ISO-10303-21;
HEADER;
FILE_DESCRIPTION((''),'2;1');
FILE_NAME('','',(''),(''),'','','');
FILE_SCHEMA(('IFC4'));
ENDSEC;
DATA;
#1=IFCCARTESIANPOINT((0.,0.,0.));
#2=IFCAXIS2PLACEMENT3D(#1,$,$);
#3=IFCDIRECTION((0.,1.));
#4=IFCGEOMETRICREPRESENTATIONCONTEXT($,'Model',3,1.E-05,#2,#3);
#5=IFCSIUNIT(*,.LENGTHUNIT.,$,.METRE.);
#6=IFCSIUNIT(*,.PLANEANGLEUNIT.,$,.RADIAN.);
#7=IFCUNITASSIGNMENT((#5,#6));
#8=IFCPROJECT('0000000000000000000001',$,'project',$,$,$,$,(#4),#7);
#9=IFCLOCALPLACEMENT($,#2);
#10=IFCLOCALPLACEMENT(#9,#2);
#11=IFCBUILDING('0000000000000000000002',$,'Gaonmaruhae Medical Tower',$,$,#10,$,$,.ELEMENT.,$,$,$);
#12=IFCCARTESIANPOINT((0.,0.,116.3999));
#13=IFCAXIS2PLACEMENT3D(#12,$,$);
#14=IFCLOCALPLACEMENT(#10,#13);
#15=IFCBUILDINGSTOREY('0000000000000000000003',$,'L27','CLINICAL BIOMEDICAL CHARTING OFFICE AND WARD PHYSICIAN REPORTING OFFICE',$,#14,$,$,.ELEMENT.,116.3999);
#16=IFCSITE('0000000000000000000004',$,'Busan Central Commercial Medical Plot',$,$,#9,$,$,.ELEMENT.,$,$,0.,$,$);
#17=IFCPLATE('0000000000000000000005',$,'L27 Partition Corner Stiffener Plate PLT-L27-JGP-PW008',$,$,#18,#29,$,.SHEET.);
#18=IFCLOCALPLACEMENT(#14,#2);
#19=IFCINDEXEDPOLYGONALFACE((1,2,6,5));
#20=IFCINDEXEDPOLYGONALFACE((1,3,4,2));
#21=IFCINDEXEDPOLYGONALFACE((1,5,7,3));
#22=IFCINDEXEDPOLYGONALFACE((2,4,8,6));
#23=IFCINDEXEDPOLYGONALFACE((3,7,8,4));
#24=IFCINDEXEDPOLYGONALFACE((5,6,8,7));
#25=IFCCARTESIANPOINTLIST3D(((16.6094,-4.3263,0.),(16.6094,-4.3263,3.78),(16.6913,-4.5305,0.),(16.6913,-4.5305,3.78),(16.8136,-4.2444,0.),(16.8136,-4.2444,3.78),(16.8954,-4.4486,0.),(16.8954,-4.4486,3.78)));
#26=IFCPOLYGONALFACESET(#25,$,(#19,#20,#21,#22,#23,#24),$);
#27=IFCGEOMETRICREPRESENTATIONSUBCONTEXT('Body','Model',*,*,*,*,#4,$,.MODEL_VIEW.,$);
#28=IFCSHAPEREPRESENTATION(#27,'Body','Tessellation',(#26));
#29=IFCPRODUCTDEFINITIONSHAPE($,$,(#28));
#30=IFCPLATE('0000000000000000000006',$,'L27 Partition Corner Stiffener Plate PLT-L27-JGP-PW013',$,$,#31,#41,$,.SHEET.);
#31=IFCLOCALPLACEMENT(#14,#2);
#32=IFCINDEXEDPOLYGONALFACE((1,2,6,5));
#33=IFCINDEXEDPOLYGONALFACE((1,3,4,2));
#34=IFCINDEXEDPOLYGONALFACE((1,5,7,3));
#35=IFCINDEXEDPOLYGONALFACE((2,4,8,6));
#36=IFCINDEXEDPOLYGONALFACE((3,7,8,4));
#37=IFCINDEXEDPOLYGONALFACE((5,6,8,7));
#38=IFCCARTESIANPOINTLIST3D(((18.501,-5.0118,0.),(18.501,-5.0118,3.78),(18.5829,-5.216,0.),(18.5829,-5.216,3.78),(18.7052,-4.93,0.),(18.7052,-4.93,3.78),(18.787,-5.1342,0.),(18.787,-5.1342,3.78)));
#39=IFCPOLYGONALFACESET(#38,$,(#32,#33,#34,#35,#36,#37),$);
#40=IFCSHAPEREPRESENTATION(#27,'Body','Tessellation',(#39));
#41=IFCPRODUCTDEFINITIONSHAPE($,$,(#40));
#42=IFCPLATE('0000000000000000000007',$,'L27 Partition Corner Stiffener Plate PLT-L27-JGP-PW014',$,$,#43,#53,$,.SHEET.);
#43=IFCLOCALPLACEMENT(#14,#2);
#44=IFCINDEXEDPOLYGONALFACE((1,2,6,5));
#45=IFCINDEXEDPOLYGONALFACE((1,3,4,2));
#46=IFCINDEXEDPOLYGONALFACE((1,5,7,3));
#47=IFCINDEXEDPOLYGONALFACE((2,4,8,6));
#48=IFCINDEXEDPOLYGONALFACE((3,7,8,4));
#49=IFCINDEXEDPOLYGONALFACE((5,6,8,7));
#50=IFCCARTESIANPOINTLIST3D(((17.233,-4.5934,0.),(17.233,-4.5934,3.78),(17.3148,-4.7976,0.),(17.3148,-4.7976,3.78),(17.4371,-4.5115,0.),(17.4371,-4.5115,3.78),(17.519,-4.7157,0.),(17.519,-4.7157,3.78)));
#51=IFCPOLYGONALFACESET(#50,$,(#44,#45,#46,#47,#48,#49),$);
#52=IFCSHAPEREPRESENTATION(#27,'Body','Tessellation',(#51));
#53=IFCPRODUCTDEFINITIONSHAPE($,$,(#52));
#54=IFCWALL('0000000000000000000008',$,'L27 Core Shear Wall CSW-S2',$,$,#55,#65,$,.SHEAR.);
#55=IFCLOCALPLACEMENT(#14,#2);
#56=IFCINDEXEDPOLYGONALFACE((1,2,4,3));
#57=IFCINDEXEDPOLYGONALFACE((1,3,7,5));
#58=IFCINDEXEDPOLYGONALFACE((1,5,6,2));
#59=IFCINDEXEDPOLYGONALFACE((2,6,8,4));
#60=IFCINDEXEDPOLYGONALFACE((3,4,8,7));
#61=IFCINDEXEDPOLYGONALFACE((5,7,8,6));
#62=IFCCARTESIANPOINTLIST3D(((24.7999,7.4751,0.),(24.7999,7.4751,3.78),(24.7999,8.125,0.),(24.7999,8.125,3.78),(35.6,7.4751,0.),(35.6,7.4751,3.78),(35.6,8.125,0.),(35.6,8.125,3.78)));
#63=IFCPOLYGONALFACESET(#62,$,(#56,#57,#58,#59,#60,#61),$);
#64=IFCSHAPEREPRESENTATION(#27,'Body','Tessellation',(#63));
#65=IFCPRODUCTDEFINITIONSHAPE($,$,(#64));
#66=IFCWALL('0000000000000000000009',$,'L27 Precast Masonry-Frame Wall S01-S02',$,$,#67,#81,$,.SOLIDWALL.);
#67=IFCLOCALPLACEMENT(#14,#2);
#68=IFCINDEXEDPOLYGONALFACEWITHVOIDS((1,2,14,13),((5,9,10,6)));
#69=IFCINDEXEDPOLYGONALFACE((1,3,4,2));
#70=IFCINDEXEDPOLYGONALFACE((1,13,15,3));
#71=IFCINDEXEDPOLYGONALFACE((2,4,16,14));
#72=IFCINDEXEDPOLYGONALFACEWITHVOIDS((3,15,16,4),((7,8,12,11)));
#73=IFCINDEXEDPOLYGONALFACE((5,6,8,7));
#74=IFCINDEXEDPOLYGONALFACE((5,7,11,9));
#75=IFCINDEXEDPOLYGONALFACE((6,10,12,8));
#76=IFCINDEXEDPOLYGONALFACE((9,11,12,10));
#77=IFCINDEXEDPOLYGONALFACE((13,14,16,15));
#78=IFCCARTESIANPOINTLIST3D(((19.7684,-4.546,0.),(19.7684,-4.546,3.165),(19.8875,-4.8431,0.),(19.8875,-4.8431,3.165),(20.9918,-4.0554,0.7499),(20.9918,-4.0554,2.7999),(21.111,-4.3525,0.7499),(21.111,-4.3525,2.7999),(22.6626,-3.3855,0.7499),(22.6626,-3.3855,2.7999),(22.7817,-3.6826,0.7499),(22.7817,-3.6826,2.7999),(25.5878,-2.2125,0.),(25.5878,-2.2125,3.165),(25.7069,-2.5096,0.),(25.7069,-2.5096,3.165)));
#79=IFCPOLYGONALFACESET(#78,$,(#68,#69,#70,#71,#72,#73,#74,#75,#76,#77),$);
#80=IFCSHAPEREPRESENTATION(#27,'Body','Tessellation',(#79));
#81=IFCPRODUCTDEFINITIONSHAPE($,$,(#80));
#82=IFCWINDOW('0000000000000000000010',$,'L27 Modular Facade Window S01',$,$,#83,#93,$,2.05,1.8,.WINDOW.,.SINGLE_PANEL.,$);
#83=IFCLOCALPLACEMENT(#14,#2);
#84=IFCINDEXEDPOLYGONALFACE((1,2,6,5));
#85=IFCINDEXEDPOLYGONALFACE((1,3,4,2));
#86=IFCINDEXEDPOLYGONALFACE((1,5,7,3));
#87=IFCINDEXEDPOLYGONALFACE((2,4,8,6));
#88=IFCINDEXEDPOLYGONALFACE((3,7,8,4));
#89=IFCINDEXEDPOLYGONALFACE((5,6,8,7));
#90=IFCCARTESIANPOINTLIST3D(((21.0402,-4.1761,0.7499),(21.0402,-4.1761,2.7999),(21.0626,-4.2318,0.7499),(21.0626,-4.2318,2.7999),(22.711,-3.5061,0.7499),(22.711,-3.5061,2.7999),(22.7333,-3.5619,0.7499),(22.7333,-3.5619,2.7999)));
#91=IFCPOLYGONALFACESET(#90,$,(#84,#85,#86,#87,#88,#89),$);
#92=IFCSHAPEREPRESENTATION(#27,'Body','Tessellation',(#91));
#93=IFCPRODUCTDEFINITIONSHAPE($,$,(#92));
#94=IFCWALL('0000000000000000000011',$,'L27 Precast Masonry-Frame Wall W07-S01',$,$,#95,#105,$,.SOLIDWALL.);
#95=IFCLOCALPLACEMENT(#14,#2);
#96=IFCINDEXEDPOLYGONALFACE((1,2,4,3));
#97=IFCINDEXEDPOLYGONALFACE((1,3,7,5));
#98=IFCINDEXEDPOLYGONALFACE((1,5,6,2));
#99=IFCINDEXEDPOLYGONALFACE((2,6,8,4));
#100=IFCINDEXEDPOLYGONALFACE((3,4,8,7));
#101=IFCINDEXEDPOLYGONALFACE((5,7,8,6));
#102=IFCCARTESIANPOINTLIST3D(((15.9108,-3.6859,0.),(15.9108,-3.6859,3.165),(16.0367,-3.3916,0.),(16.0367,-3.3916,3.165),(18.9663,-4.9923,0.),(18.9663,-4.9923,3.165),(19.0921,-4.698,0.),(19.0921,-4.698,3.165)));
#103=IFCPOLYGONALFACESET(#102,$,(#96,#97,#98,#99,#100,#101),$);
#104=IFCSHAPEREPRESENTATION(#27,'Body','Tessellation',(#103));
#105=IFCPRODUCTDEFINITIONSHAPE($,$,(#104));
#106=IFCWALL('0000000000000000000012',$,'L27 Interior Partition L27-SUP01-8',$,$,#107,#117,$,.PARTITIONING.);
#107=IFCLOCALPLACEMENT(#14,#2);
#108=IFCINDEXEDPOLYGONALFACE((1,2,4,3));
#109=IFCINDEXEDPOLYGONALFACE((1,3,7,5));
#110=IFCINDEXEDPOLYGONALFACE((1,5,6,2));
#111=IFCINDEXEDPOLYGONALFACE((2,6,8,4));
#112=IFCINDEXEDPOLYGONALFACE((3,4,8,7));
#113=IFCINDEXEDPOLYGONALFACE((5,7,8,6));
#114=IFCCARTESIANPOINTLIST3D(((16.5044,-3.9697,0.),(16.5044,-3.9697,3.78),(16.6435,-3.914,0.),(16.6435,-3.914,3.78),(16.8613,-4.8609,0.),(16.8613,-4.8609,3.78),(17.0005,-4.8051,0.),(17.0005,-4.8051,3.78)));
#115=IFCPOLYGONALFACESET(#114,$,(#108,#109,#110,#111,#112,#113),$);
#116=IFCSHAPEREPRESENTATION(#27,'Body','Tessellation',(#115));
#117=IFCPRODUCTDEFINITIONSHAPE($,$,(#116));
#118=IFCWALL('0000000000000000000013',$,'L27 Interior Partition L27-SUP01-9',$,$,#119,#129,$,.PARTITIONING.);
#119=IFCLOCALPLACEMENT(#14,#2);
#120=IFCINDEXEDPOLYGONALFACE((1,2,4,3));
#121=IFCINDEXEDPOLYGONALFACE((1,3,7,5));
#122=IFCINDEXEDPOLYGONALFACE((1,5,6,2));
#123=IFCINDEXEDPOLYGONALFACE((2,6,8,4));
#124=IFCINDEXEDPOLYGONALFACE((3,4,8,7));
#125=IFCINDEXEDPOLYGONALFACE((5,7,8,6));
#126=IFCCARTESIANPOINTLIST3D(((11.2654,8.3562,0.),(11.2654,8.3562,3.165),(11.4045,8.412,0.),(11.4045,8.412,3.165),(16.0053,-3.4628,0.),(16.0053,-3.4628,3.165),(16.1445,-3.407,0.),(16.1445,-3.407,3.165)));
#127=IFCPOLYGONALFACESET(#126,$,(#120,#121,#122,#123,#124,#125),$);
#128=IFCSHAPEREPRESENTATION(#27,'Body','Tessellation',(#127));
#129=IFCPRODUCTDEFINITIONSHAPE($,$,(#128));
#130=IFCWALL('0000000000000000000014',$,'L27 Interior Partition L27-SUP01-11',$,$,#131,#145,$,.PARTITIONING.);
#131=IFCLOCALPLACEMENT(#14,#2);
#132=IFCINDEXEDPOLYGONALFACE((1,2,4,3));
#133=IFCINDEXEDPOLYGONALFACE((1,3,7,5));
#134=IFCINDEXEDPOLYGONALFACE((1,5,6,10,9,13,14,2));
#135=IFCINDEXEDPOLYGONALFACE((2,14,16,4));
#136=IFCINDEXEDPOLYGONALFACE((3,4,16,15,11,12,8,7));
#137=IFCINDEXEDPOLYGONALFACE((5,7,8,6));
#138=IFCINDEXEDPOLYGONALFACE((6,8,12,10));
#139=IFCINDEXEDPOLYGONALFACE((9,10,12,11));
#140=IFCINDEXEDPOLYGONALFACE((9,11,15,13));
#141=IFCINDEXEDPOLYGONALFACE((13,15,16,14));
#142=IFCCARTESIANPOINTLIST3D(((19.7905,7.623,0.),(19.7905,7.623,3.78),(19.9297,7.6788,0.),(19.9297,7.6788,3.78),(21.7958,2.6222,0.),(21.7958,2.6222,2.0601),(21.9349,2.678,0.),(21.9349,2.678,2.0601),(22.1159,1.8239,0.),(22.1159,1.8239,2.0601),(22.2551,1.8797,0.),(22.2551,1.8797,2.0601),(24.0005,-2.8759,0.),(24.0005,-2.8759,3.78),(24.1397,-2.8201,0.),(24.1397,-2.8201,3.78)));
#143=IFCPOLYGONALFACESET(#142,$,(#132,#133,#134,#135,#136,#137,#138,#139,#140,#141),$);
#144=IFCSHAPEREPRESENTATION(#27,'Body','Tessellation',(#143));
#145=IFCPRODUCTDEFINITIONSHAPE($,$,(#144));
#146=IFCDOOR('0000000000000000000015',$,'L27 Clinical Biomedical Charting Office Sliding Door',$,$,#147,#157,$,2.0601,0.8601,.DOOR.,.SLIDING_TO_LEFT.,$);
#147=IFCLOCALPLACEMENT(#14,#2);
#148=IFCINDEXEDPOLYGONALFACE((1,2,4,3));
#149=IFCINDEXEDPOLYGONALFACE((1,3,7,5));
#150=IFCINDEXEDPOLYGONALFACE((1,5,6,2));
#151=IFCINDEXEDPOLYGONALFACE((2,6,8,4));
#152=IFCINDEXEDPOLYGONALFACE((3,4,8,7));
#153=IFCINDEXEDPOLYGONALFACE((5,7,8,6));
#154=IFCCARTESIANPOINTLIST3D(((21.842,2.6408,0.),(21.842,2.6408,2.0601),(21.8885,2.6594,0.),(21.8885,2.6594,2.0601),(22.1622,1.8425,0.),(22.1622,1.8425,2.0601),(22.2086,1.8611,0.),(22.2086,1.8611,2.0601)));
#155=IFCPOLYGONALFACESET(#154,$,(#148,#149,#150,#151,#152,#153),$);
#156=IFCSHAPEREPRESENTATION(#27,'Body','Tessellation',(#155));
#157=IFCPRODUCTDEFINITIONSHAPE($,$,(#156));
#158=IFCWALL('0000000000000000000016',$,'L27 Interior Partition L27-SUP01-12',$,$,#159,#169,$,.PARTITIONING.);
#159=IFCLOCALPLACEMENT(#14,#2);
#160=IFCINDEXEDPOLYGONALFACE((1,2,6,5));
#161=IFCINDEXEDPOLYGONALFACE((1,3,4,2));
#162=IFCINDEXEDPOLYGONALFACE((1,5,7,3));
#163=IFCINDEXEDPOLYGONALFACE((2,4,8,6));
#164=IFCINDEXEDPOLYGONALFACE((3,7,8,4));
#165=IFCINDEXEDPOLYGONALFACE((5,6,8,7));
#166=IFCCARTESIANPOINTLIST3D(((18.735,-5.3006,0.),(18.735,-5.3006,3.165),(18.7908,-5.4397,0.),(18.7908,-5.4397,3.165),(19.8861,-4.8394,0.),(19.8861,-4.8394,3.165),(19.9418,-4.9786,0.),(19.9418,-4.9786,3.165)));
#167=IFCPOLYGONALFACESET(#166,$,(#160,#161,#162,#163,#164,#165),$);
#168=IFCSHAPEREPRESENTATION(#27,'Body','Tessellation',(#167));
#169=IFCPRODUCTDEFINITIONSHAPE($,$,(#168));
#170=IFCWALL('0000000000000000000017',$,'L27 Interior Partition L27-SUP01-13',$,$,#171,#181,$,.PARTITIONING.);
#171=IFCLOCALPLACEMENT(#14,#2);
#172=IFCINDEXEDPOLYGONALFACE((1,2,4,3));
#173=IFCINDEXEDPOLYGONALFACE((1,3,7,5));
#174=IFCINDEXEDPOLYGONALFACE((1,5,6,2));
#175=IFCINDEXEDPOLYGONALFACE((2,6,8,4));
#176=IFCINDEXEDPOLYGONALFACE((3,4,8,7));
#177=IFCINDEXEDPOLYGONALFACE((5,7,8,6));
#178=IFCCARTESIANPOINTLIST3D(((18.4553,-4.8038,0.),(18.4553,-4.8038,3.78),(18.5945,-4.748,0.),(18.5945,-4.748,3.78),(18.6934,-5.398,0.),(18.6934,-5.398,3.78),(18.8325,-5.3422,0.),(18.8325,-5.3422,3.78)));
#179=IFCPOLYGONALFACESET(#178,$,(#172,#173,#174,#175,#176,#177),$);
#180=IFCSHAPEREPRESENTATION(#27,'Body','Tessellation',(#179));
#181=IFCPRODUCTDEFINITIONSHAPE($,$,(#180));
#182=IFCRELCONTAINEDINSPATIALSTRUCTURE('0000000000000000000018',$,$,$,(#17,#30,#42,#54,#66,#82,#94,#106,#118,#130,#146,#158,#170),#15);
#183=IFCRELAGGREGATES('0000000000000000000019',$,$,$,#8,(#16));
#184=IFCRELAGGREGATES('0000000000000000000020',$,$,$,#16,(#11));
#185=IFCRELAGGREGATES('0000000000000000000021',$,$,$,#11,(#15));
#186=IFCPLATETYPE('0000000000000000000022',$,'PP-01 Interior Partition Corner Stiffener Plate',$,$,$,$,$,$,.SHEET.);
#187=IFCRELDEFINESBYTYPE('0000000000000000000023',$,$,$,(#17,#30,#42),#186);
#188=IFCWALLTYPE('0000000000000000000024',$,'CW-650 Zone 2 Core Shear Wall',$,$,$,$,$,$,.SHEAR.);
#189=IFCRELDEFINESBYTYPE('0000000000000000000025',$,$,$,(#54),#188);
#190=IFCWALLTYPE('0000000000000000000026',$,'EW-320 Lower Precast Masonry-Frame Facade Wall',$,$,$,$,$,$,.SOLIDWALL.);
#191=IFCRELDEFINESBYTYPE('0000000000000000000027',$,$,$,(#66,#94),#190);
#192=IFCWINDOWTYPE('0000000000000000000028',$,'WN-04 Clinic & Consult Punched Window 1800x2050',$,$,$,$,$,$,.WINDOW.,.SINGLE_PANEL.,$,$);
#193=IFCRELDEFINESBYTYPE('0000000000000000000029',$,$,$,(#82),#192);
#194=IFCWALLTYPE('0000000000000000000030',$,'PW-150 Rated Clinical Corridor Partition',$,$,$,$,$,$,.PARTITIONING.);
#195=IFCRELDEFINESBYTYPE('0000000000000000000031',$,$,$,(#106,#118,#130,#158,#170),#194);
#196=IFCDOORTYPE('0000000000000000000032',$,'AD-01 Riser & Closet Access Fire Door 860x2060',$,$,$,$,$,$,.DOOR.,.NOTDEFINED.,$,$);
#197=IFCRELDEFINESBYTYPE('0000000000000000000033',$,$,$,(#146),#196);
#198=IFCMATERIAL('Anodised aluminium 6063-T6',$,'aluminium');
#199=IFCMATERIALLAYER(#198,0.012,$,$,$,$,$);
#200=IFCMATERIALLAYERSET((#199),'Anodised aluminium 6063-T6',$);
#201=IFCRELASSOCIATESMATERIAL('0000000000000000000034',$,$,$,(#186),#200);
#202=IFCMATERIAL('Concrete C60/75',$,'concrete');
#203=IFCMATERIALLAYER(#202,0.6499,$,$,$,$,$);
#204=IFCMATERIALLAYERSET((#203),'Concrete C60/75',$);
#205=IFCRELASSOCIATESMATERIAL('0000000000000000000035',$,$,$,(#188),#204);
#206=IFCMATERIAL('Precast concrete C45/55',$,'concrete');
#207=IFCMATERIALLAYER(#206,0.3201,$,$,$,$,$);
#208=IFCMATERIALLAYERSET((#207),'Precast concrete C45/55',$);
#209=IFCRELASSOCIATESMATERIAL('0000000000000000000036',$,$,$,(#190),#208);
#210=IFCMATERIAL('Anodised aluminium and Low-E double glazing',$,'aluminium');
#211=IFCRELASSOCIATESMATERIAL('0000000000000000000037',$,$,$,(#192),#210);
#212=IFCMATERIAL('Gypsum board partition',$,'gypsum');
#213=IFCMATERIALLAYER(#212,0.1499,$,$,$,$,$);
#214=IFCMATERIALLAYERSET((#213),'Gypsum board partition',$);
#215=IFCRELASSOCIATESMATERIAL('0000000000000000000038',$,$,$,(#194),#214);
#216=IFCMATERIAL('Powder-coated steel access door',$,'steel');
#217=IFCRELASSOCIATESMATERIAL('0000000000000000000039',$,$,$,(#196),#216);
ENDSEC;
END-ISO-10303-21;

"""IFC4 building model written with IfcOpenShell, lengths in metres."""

from ifc_helpers import new_model, si_unit, direction, frame, frame_2d, origin, origin_2d, place, context, subcontext, project, spatial, rectangle, extrude, material, layer, layer_set, type_object, element, fill, save


model = new_model("IFC4")

# Units and contexts
model_context = context("Model", 3, precision=1e-05, world=origin(), true_north=direction((0.0, 1.0)))
body_context = subcontext(model_context, "Body", "Model", "MODEL_VIEW")
ifc_project = project(units=[si_unit("LENGTHUNIT", "METRE"), si_unit("PLANEANGLEUNIT", "RADIAN")], contexts=[model_context])

# Site, building, storey
site_placement = place(None, origin())
site = spatial("IfcSite", under=ifc_project, at=site_placement, Name="Busan Central Commercial Medical Plot", CompositionType="ELEMENT", RefElevation=0.0)
building_placement = place(site_placement, origin())
building = spatial("IfcBuilding", under=site, at=building_placement, Name="Gaonmaruhae Medical Tower", CompositionType="ELEMENT")
storey_placement = place(building_placement, frame((0.0, 0.0, 116.3999)))
storey = spatial("IfcBuildingStorey", under=building, at=storey_placement, Name="L27", Description="CLINICAL BIOMEDICAL CHARTING OFFICE AND WARD PHYSICIAN REPORTING OFFICE", CompositionType="ELEMENT", Elevation=116.3999)

# Shared definitions
ifc_material_1 = material(Name="Concrete C60/75", Category="concrete")

# Plates
ifc_material_2 = material(Name="Anodised aluminium 6063-T6", Category="aluminium")
ifc_layer_1 = layer(ifc_material_2, 0.012)
ifc_layer_set_1 = layer_set([ifc_layer_1], Name="Anodised aluminium 6063-T6")
plate_type = type_object("IfcPlateType", Name="PP-01 Interior Partition Corner Stiffener Plate", PredefinedType="SHEET", material=ifc_layer_set_1)
for number, where, z_axis, x_axis, name in (
    (1, (16.7524, -4.3875, 0.0), (0.0, 0.0, 1.0), (-0.371935, 0.928259, 0.0), "L27 Partition Corner Stiffener Plate PLT-L27-JGP-PW008"),
    (2, (18.644, -5.073, 0.0), (0.0, 0.0, 1.0), (-0.371935, 0.928259, 0.0), "L27 Partition Corner Stiffener Plate PLT-L27-JGP-PW013"),
    (3, (17.376, -4.6545, 0.0), (0.0, 0.0, 1.0), (-0.928116, -0.372291, 0.0), "L27 Partition Corner Stiffener Plate PLT-L27-JGP-PW014"),
):
    element("IfcPlate", number, at=place(storey_placement, frame(where, z_axis=z_axis, x_axis=x_axis)), inside=storey, type_object=plate_type, Name=name, PredefinedType="SHEET", context=body_context, shape_type="SweptSolid", body=[
        extrude(rectangle(XDim=0.22, YDim=0.22, at=origin_2d()), origin(), (0.0, 0.0, 1.0), 3.78),
    ])

# Wall
ifc_layer_2 = layer(ifc_material_1, 0.6499)
ifc_layer_set_2 = layer_set([ifc_layer_2], Name="Concrete C60/75")
wall_type_1 = type_object("IfcWallType", Name="CW-650 Zone 2 Core Shear Wall", PredefinedType="SHEAR", material=ifc_layer_set_2)
wall_1_placement = place(storey_placement, frame((24.8, 7.8, 0.0), z_axis=(0.0, 0.0, 1.0), x_axis=(1.0, 0.0, 0.0)))
element("IfcWall", 4, at=wall_1_placement, inside=storey, type_object=wall_type_1, Name="L27 Core Shear Wall CSW-S2", PredefinedType="SHEAR", context=body_context, shape_type="SweptSolid", body=[
    extrude(rectangle(XDim=10.8, YDim=0.6499, at=frame_2d((5.3999, 0.0))), origin(), (0.0, 0.0, 1.0), 3.78),
])

# Wall, opening, window
ifc_material_3 = material(Name="Precast concrete C45/55", Category="concrete")
ifc_layer_3 = layer(ifc_material_3, 0.3201)
ifc_layer_set_3 = layer_set([ifc_layer_3], Name="Precast concrete C45/55")
wall_type_2 = type_object("IfcWallType", Name="EW-320 Lower Precast Masonry-Frame Facade Wall", PredefinedType="SOLIDWALL", material=ifc_layer_set_3)
wall_2_placement = place(storey_placement, frame((25.6472, -2.3611, 0.0), z_axis=(0.0, 0.0, 1.0), x_axis=(-0.928159, -0.372183, 0.0)))
wall_2 = element("IfcWall", 5, at=wall_2_placement, inside=storey, type_object=wall_type_2, Name="L27 Precast Masonry-Frame Wall S01-S02", PredefinedType="SOLIDWALL", context=body_context, shape_type="SweptSolid", body=[
    extrude(rectangle(XDim=6.2698, YDim=0.3201, at=frame_2d((3.1348, 0.0))), origin(), (0.0, 0.0, 1.0), 3.165),
])
opening_1_placement = place(wall_2_placement, frame((3.1516, 0.0, 0.75)))
opening_1 = element("IfcOpeningElement", 6, at=opening_1_placement, cuts=wall_2, PredefinedType="OPENING", context=body_context, shape_type="SweptSolid", body=[
    extrude(rectangle(XDim=1.8, YDim=2.05, at=frame_2d((0.8999, 1.0249))), frame((0.0, 0.1699, 0.0), z_axis=(0.0, -1.0, 0.0), x_axis=(1.0, 0.0, 0.0)), (0.0, 0.0, 1.0), 0.3401),
])
ifc_material_4 = material(Name="Anodised aluminium and Low-E double glazing", Category="aluminium")
window_type = type_object("IfcWindowType", Name="WN-04 Clinic & Consult Punched Window 1800x2050", PartitioningType="SINGLE_PANEL", PredefinedType="WINDOW", material=ifc_material_4)
window_placement = place(opening_1_placement, origin())
window = element("IfcWindow", 7, at=window_placement, inside=storey, type_object=window_type, Name="L27 Modular Facade Window S01", OverallHeight=2.05, OverallWidth=1.8, PartitioningType="SINGLE_PANEL", PredefinedType="WINDOW", context=body_context, shape_type="SweptSolid", body=[
    extrude(rectangle(XDim=1.8, YDim=2.05, at=frame_2d((0.8999, 1.0249))), frame((0.0, 0.03, 0.0), z_axis=(0.0, -1.0, 0.0), x_axis=(1.0, 0.0, 0.0)), (0.0, 0.0, 1.0), 0.0601),
])
fill(opening_1, window)

# Walls
wall_3_placement = place(storey_placement, frame((19.0293, -4.8452, 0.0), z_axis=(0.0, 0.0, 1.0), x_axis=(-0.919479, 0.393139, 0.0)))
element("IfcWall", 8, at=wall_3_placement, inside=storey, type_object=wall_type_2, Name="L27 Precast Masonry-Frame Wall W07-S01", PredefinedType="SOLIDWALL", context=body_context, shape_type="SweptSolid", body=[
    extrude(rectangle(XDim=3.323, YDim=0.3201, at=frame_2d((1.6616, 0.0))), origin(), (0.0, 0.0, 1.0), 3.165),
])
ifc_material_5 = material(Name="Gypsum board partition", Category="gypsum")
ifc_layer_4 = layer(ifc_material_5, 0.1499)
ifc_layer_set_4 = layer_set([ifc_layer_4], Name="Gypsum board partition")
wall_type_3 = type_object("IfcWallType", Name="PW-150 Rated Clinical Corridor Partition", PredefinedType="PARTITIONING", material=ifc_layer_set_4)
wall_4_placement = place(storey_placement, frame((16.9309, -4.833, 0.0), z_axis=(0.0, 0.0, 1.0), x_axis=(-0.371829, 0.928301, 0.0)))
element("IfcWall", 9, at=wall_4_placement, inside=storey, type_object=wall_type_3, Name="L27 Interior Partition L27-SUP01-8", PredefinedType="PARTITIONING", context=body_context, shape_type="SweptSolid", body=[
    extrude(rectangle(XDim=0.96, YDim=0.1499, at=frame_2d((0.48, 0.0))), origin(), (0.0, 0.0, 1.0), 3.78),
])
wall_5_placement = place(storey_placement, frame((16.075, -3.4351, 0.0), z_axis=(0.0, 0.0, 1.0), x_axis=(-0.372227, 0.928142, 0.0)))
element("IfcWall", 10, at=wall_5_placement, inside=storey, type_object=wall_type_3, Name="L27 Interior Partition L27-SUP01-9", PredefinedType="PARTITIONING", context=body_context, shape_type="SweptSolid", body=[
    extrude(rectangle(XDim=12.7341, YDim=0.1499, at=frame_2d((6.3672, 0.0))), origin(), (0.0, 0.0, 1.0), 3.165),
])

# Wall, opening, door
wall_6_placement = place(storey_placement, frame((19.8601, 7.6509, 0.0), z_axis=(0.0, 0.0, 1.0), x_axis=(0.372187, -0.928158, 0.0)))
wall_6 = element("IfcWall", 11, at=wall_6_placement, inside=storey, type_object=wall_type_3, Name="L27 Interior Partition L27-SUP01-11", PredefinedType="PARTITIONING", context=body_context, shape_type="SweptSolid", body=[
    extrude(rectangle(XDim=11.3115, YDim=0.1499, at=frame_2d((5.6558, 0.0))), origin(), (0.0, 0.0, 1.0), 3.78),
])
opening_2_placement = place(wall_6_placement, frame((5.3877, 0.0, 0.0)))
opening_2 = element("IfcOpeningElement", 12, at=opening_2_placement, cuts=wall_6, PredefinedType="OPENING", context=body_context, shape_type="SweptSolid", body=[
    extrude(rectangle(XDim=0.8601, YDim=2.0601, at=frame_2d((0.4302, 1.03))), frame((0.0, 0.085, 0.0), z_axis=(0.0, -1.0, 0.0), x_axis=(1.0, 0.0, 0.0)), (0.0, 0.0, 1.0), 0.1699),
])
ifc_material_6 = material(Name="Powder-coated steel access door", Category="steel")
door_type = type_object("IfcDoorType", Name="AD-01 Riser & Closet Access Fire Door 860x2060", OperationType="NOTDEFINED", PredefinedType="DOOR", material=ifc_material_6)
door_placement = place(opening_2_placement, origin())
door = element("IfcDoor", 13, at=door_placement, inside=storey, type_object=door_type, Name="L27 Clinical Biomedical Charting Office Sliding Door", OperationType="SLIDING_TO_LEFT", OverallHeight=2.0601, OverallWidth=0.8601, PredefinedType="DOOR", context=body_context, shape_type="SweptSolid", body=[
    extrude(rectangle(XDim=0.8601, YDim=2.0601, at=frame_2d((0.4302, 1.03))), frame((0.0, 0.0249, 0.0), z_axis=(0.0, -1.0, 0.0), x_axis=(1.0, 0.0, 0.0)), (0.0, 0.0, 1.0), 0.05),
])
fill(opening_2, door)

# Walls
wall_7_placement = place(storey_placement, frame((19.9141, -4.9089, 0.0), z_axis=(0.0, 0.0, 1.0), x_axis=(-0.928273, -0.3719, 0.0)))
element("IfcWall", 14, at=wall_7_placement, inside=storey, type_object=wall_type_3, Name="L27 Interior Partition L27-SUP01-12", PredefinedType="PARTITIONING", context=body_context, shape_type="SweptSolid", body=[
    extrude(rectangle(XDim=1.24, YDim=0.1499, at=frame_2d((0.6201, 0.0))), origin(), (0.0, 0.0, 1.0), 3.165),
])
wall_8_placement = place(storey_placement, frame((18.7629, -5.3701, 0.0), z_axis=(0.0, 0.0, 1.0), x_axis=(-0.371851, 0.928292, 0.0)))
element("IfcWall", 15, at=wall_8_placement, inside=storey, type_object=wall_type_3, Name="L27 Interior Partition L27-SUP01-13", PredefinedType="PARTITIONING", context=body_context, shape_type="SweptSolid", body=[
    extrude(rectangle(XDim=0.6401, YDim=0.1499, at=frame_2d((0.3201, 0.0))), origin(), (0.0, 0.0, 1.0), 3.78),
])

save(model, "model.ifc")
